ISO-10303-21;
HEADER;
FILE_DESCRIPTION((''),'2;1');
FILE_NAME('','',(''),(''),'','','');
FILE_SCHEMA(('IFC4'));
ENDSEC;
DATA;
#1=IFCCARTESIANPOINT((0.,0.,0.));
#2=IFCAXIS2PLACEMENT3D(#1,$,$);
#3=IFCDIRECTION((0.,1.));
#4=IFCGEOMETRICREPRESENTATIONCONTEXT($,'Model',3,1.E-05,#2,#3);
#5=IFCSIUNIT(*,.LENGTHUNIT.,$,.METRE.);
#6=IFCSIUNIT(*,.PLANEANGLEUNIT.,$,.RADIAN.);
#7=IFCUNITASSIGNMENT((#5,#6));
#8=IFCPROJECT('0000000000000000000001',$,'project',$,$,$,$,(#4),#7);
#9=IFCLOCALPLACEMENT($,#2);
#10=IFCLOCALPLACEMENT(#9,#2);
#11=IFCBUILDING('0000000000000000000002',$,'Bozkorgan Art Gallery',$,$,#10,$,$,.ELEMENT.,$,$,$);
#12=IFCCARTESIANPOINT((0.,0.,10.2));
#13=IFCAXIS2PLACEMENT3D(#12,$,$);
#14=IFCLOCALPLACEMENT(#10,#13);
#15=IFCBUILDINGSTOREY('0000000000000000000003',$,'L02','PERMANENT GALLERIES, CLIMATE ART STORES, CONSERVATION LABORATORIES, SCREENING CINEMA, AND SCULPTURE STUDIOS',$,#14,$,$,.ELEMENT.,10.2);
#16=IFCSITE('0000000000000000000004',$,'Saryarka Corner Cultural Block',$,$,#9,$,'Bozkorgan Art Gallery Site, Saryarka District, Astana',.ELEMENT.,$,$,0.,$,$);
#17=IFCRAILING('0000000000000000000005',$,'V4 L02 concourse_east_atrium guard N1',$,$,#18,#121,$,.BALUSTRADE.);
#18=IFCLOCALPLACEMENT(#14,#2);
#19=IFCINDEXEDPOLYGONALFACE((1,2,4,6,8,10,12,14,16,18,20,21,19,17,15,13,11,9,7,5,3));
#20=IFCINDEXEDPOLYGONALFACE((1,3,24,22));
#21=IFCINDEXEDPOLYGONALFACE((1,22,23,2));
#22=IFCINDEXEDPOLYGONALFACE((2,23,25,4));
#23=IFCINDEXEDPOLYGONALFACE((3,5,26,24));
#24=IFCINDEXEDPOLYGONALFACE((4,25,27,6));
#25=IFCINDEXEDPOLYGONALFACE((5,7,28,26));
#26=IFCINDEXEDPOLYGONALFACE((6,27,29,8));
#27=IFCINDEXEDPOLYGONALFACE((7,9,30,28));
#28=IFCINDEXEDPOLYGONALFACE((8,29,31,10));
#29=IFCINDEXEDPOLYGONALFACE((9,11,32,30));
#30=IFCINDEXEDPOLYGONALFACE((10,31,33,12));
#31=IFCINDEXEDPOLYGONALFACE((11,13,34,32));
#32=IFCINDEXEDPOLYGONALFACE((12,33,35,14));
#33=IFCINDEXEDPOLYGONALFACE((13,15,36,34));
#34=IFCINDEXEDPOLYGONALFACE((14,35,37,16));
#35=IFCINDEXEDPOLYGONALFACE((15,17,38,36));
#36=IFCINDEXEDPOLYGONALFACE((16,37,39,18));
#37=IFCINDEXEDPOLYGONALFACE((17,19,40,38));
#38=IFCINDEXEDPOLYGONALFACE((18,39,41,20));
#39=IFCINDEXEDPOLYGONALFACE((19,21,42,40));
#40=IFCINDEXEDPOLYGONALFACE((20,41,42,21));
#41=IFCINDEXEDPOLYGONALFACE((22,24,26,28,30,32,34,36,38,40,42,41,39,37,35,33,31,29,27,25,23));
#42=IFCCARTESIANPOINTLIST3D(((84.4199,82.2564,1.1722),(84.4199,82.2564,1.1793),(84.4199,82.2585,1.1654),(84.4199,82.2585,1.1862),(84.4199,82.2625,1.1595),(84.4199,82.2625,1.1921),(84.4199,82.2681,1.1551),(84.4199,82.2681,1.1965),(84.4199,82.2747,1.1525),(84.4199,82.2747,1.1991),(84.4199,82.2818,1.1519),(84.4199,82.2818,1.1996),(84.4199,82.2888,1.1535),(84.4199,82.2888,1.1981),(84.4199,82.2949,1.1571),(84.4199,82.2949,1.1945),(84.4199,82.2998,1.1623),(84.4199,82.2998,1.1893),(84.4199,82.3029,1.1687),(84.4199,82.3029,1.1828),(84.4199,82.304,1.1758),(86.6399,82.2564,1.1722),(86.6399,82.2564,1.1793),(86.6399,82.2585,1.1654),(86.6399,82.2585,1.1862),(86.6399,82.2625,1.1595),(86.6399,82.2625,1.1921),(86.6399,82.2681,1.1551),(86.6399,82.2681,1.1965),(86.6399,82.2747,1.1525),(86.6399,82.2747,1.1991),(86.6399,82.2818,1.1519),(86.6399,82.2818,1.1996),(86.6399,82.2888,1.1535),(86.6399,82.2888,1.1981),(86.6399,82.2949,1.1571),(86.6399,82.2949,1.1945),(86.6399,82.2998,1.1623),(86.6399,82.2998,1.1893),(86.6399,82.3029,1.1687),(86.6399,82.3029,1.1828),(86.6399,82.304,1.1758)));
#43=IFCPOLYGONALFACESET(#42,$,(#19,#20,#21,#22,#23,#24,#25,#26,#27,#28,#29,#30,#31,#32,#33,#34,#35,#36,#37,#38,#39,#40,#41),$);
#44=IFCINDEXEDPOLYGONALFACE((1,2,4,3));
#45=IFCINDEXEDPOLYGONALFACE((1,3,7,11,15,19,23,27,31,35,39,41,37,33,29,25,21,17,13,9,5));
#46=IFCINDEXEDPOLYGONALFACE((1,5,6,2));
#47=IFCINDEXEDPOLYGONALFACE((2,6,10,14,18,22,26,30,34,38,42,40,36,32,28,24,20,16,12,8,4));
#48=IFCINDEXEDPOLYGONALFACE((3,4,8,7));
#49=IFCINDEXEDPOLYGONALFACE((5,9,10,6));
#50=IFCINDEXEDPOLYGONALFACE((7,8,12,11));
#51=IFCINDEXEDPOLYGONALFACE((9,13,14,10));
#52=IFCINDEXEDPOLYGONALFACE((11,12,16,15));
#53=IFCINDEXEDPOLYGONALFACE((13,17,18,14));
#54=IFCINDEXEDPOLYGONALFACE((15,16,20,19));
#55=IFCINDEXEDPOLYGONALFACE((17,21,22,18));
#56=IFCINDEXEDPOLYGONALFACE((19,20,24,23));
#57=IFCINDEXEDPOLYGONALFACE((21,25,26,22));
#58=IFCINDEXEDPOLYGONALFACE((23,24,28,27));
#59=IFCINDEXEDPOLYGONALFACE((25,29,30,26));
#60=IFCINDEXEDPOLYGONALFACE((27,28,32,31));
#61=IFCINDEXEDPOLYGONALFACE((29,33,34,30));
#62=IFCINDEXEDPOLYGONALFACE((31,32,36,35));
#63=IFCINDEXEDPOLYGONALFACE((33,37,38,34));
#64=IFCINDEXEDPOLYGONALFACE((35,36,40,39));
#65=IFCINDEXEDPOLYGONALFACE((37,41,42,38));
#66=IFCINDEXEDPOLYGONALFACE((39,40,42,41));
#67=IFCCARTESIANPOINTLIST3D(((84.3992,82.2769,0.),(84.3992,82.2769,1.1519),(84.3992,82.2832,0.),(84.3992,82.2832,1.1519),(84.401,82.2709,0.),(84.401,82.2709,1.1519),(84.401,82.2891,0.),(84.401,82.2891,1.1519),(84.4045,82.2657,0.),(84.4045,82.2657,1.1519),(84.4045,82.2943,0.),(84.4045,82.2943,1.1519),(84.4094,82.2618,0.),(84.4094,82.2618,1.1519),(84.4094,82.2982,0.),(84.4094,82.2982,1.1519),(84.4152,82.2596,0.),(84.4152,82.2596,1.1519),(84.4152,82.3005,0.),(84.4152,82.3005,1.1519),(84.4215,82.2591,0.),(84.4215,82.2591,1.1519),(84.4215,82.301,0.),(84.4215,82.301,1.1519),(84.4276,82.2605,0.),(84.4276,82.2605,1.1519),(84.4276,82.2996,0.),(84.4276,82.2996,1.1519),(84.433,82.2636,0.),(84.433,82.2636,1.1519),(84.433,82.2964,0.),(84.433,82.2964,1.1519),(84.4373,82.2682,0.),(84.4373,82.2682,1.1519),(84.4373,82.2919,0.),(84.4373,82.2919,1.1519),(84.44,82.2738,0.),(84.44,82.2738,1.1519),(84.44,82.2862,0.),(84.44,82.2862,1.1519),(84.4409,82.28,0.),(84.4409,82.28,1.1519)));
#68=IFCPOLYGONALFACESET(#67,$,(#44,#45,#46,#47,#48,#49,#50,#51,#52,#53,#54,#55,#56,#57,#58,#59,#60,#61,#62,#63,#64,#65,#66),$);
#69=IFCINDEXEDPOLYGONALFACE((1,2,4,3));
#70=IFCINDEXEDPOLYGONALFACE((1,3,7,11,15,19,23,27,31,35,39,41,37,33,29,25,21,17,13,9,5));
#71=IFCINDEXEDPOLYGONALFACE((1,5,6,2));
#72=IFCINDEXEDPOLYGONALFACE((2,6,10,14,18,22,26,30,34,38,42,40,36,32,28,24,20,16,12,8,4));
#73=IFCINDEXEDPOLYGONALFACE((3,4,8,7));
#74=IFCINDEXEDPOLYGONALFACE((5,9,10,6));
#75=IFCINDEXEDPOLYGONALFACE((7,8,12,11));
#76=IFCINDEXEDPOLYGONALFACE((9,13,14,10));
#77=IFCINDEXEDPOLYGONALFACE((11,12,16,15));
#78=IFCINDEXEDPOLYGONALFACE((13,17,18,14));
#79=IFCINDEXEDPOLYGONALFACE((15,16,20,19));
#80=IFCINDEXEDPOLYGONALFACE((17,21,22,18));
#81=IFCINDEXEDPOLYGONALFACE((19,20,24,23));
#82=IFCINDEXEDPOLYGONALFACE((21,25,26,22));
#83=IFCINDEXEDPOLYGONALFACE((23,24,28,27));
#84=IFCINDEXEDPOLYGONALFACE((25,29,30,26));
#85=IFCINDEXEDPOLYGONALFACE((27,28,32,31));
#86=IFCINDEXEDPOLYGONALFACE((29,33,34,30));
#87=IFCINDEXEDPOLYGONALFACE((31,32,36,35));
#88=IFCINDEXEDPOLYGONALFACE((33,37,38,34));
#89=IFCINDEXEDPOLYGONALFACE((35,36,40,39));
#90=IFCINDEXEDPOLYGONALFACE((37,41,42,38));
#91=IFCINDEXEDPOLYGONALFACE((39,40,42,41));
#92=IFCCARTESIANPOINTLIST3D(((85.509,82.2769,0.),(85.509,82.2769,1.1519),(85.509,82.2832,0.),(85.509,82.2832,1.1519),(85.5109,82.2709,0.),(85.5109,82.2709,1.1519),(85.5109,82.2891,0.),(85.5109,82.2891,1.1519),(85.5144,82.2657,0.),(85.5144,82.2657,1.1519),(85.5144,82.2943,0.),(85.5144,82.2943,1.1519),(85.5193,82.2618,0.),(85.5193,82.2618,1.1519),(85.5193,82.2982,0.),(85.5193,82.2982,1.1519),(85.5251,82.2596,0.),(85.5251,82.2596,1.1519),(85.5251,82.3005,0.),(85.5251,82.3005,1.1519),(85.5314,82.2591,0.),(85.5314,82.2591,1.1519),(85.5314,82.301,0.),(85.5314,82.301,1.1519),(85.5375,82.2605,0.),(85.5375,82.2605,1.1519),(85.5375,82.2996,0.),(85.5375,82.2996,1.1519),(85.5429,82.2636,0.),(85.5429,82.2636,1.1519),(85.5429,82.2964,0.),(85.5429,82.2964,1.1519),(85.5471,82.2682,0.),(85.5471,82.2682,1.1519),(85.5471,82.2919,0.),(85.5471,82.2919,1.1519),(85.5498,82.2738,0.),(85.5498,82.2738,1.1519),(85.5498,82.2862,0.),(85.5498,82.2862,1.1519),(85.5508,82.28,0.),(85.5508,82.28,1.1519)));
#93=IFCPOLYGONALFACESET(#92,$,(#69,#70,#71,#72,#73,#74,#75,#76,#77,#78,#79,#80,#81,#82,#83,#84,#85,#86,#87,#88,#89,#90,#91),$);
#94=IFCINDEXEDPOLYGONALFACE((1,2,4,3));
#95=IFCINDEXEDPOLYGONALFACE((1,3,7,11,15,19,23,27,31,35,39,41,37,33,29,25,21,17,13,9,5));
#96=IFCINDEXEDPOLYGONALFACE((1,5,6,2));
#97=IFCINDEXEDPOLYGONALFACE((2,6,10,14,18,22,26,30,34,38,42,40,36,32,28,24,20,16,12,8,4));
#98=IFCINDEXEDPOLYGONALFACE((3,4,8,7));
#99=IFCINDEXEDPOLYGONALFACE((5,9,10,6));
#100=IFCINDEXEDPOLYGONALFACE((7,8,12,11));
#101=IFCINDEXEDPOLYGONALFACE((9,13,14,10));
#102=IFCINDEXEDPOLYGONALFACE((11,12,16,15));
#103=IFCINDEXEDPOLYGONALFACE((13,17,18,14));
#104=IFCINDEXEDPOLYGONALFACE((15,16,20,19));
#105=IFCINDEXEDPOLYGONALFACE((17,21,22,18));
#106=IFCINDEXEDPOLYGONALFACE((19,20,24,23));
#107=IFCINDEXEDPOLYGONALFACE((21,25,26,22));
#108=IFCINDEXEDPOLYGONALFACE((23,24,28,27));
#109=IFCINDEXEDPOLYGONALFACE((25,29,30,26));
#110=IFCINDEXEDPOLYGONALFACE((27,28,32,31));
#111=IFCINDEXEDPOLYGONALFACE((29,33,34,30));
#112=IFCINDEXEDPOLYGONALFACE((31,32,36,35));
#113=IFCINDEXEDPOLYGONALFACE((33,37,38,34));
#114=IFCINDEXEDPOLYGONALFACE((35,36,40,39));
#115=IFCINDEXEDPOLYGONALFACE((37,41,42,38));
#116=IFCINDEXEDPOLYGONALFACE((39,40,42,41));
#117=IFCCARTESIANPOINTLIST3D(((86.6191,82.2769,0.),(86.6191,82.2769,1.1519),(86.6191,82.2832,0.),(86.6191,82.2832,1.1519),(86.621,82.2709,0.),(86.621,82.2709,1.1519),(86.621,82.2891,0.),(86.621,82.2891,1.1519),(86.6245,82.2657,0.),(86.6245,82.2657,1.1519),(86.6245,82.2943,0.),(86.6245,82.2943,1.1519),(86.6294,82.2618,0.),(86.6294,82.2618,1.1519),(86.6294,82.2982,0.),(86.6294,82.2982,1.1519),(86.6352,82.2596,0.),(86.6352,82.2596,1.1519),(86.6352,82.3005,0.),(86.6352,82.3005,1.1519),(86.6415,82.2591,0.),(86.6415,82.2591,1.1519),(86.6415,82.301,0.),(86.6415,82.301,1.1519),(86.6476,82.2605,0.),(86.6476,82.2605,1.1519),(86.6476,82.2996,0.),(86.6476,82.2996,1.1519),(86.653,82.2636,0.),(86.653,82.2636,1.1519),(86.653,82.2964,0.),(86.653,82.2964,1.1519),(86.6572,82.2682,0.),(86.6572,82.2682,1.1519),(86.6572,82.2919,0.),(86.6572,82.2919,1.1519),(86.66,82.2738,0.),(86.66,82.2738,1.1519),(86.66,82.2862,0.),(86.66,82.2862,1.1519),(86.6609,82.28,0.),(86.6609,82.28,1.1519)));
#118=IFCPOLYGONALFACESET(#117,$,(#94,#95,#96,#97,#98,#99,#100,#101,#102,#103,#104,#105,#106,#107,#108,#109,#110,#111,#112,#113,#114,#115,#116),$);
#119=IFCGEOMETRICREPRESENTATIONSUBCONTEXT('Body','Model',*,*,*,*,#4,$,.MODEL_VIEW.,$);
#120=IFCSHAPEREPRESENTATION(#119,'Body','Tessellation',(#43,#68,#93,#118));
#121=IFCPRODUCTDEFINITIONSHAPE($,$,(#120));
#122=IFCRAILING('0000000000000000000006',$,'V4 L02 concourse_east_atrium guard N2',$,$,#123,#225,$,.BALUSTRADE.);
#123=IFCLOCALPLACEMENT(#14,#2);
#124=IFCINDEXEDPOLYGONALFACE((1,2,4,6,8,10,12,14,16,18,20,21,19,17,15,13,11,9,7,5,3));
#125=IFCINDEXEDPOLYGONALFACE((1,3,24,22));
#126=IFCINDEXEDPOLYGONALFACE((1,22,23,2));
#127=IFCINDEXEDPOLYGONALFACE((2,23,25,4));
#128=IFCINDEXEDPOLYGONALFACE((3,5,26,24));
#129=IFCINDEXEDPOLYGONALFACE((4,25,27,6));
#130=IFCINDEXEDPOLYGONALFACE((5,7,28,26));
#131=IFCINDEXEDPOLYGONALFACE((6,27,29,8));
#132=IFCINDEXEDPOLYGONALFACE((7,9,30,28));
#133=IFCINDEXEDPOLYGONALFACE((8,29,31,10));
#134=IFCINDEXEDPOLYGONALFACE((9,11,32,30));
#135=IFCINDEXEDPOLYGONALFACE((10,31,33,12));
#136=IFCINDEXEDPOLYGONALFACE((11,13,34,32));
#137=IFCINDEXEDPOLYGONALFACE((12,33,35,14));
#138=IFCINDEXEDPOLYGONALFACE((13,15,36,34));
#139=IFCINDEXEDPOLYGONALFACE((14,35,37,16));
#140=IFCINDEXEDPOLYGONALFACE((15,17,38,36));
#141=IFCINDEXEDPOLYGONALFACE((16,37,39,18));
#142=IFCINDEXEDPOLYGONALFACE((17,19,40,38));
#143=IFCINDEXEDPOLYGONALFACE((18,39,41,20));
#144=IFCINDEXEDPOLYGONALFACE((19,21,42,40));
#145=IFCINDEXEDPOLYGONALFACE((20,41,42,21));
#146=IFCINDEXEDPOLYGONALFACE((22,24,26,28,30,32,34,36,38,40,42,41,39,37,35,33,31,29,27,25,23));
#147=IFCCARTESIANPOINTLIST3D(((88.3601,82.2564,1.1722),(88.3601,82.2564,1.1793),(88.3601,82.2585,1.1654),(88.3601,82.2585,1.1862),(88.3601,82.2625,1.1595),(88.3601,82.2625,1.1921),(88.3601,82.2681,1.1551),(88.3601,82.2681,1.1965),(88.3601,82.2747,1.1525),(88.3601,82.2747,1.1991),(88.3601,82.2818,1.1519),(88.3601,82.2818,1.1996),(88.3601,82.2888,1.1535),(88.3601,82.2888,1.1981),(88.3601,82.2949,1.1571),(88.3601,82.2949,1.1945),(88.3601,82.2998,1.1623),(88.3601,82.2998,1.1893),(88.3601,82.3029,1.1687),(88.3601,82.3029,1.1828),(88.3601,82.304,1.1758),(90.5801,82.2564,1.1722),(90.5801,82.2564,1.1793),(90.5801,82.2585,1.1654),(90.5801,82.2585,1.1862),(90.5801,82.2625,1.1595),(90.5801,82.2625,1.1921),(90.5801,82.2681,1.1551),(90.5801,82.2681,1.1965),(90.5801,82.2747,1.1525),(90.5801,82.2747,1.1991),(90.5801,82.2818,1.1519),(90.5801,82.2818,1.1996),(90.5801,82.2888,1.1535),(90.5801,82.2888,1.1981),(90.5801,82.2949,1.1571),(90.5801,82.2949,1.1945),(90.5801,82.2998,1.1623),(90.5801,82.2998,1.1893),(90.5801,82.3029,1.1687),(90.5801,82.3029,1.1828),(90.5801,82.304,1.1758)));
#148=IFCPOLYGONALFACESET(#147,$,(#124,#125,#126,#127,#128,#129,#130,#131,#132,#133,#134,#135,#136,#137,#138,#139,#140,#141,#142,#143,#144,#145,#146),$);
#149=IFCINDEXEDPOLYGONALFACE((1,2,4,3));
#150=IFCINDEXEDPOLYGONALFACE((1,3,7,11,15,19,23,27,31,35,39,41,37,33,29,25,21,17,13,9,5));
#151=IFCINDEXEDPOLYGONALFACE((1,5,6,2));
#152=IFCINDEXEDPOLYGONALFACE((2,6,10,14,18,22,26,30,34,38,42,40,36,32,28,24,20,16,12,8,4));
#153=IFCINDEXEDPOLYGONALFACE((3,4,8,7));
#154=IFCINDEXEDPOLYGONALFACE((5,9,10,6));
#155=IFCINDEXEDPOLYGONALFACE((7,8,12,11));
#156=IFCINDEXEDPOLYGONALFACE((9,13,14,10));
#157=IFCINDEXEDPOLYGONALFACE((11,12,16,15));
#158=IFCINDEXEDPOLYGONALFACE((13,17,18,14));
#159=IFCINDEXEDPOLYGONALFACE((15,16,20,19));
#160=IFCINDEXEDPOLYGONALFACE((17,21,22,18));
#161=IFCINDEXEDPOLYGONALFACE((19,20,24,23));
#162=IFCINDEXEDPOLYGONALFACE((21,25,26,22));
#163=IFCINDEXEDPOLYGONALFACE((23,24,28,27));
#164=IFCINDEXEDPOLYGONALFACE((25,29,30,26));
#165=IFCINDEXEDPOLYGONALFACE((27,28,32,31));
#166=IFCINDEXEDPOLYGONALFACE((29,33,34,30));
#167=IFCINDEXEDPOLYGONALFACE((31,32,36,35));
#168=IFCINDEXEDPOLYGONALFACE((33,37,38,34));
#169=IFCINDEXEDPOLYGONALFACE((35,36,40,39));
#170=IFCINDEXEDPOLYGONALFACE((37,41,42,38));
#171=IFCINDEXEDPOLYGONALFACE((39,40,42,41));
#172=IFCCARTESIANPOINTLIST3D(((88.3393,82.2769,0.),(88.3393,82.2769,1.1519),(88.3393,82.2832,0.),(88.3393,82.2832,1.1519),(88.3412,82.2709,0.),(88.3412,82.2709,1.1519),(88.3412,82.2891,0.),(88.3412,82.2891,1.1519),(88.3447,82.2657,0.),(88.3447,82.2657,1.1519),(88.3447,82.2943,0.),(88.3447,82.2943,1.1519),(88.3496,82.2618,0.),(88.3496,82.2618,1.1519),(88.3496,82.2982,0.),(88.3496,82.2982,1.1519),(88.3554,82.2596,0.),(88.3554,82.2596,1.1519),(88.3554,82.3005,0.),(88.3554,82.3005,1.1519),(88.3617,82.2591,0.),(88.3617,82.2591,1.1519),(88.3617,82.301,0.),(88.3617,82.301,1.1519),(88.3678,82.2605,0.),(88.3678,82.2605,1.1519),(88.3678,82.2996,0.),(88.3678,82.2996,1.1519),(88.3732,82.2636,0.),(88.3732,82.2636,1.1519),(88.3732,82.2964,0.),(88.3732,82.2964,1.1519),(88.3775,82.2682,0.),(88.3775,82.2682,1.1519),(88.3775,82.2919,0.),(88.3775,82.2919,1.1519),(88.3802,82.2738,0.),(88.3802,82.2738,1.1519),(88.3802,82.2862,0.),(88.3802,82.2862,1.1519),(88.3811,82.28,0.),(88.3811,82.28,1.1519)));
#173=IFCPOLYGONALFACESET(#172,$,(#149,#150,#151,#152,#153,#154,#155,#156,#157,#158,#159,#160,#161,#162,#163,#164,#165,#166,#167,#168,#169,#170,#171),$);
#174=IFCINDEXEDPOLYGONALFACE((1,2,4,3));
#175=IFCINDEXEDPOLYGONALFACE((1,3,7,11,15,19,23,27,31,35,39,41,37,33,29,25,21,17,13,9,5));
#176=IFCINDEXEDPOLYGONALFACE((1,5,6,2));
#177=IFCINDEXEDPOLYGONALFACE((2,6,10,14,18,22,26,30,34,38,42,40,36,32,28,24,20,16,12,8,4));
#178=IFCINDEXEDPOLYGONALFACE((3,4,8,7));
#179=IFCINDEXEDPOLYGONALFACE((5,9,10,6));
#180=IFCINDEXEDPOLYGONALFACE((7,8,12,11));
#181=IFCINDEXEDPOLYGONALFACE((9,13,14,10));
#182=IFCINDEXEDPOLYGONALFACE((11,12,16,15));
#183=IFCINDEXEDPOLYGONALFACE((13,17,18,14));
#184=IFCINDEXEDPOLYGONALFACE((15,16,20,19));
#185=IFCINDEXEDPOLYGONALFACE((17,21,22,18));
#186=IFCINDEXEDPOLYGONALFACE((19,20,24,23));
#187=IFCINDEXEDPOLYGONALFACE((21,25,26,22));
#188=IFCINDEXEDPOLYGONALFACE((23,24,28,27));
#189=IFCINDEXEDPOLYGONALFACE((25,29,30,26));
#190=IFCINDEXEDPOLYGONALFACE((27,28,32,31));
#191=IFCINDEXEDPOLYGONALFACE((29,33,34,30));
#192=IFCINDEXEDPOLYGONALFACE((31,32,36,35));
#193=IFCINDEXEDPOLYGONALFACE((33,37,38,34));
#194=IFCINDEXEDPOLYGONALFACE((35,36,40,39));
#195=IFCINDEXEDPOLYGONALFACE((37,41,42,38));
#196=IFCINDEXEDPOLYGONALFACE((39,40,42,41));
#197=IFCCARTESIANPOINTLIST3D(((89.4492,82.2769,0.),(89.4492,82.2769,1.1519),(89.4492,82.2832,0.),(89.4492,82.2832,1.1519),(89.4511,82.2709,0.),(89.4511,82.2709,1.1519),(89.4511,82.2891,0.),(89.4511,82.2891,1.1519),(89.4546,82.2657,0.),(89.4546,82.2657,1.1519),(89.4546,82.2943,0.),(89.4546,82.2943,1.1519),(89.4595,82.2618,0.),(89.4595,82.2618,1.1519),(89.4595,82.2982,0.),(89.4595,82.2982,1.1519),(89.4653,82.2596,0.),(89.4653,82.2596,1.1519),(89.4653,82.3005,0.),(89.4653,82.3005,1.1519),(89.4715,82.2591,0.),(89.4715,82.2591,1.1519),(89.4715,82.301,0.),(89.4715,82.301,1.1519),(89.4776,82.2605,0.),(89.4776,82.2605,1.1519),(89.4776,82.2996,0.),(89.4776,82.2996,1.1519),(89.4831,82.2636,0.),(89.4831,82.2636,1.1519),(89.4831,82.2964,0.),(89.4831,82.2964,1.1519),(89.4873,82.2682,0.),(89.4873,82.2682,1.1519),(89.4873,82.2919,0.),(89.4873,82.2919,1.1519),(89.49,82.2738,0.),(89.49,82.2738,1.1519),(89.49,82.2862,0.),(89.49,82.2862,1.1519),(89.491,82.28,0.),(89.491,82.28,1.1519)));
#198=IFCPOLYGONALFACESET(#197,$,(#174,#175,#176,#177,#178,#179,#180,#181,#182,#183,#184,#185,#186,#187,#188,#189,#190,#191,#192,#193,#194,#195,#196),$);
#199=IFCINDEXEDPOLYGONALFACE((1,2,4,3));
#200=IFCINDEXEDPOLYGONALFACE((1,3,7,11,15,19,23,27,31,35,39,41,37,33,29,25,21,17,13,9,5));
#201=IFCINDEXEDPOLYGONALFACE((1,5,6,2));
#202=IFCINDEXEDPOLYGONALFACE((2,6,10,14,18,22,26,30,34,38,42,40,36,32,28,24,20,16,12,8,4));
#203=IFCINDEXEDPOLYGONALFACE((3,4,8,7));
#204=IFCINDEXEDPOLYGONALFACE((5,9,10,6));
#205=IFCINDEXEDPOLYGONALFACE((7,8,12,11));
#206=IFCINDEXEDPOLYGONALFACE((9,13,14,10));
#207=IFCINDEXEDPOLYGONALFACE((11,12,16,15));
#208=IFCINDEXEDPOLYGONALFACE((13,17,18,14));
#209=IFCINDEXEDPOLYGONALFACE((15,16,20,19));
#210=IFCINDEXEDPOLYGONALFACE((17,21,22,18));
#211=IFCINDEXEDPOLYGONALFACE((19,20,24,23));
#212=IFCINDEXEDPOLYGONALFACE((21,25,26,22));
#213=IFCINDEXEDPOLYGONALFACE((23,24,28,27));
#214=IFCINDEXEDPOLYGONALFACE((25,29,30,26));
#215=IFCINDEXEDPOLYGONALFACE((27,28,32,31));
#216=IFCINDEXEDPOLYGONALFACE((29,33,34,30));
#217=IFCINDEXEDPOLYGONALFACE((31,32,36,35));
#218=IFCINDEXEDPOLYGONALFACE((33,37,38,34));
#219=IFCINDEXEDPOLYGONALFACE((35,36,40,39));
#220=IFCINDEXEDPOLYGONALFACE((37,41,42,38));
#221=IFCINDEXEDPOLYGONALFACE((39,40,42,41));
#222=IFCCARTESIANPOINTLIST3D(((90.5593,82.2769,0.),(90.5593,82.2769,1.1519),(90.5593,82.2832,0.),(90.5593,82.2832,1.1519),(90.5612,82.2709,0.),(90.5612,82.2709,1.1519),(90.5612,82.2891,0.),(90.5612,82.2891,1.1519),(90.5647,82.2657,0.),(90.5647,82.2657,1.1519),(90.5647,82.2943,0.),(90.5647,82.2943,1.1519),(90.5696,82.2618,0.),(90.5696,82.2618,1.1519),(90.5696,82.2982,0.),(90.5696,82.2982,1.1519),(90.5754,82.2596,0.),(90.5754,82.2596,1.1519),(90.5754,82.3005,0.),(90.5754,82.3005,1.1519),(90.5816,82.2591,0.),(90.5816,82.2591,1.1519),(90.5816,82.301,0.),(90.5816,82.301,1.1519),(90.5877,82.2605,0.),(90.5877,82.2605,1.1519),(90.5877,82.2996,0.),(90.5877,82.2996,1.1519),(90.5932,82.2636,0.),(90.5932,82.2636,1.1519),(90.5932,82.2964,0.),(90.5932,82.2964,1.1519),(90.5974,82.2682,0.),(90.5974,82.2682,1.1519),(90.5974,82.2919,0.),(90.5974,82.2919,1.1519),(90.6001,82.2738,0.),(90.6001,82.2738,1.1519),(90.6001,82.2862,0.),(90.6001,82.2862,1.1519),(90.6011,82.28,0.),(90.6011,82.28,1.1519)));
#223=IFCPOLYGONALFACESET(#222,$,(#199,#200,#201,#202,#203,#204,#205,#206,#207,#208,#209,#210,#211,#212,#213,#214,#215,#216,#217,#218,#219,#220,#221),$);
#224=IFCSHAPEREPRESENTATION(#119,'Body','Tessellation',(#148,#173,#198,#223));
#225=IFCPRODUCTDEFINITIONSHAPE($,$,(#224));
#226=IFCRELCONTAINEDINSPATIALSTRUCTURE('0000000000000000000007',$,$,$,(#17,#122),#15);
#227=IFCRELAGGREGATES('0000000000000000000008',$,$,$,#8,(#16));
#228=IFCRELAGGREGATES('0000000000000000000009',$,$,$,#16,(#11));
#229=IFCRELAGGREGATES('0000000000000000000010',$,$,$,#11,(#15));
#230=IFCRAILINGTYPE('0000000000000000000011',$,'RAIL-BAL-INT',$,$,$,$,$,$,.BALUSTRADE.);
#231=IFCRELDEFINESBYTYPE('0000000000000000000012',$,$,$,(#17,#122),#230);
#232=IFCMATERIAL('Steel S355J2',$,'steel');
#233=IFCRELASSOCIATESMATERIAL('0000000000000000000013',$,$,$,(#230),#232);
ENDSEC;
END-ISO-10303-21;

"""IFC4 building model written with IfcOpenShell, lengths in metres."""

from ifc_helpers import new_model, si_unit, direction, frame, origin, origin_2d, place, context, subcontext, project, spatial, circle, extrude, material, type_object, element, save


model = new_model("IFC4")

# Units and contexts
model_context = context("Model", 3, precision=1e-05, world=origin(), true_north=direction((0.0, 1.0)))
body_context = subcontext(model_context, "Body", "Model", "MODEL_VIEW")
ifc_project = project(units=[si_unit("LENGTHUNIT", "METRE"), si_unit("PLANEANGLEUNIT", "RADIAN")], contexts=[model_context])

# Site, building, storey
site_placement = place(None, origin())
site = spatial("IfcSite", under=ifc_project, at=site_placement, Name="Saryarka Corner Cultural Block", LongName="Bozkorgan Art Gallery Site, Saryarka District, Astana", CompositionType="ELEMENT", RefElevation=0.0)
building_placement = place(site_placement, origin())
building = spatial("IfcBuilding", under=site, at=building_placement, Name="Bozkorgan Art Gallery", CompositionType="ELEMENT")
storey_placement = place(building_placement, frame((0.0, 0.0, 10.2)))
storey = spatial("IfcBuildingStorey", under=building, at=storey_placement, Name="L02", Description="PERMANENT GALLERIES, CLIMATE ART STORES, CONSERVATION LABORATORIES, SCREENING CINEMA, AND SCULPTURE STUDIOS", CompositionType="ELEMENT", Elevation=10.2)

# Shared definitions
ifc_material_1 = material(Name="Steel S355J2", Category="steel")

# Railings
railing_type = type_object("IfcRailingType", Name="RAIL-BAL-INT", PredefinedType="BALUSTRADE", material=ifc_material_1)
for number, where, name in (
    (1, (84.4199, 82.28, 0.0), "V4 L02 concourse_east_atrium guard N1"),
    (2, (88.3601, 82.28, 0.0), "V4 L02 concourse_east_atrium guard N2"),
):
    element("IfcRailing", number, at=place(storey_placement, frame(where)), inside=storey, type_object=railing_type, Name=name, PredefinedType="BALUSTRADE", context=body_context, shape_type="SweptSolid", body=[
        extrude(circle(Radius=0.0239, at=origin_2d()), frame((0.0, 0.0, 1.1758), z_axis=(1.0, 0.0, 0.0), x_axis=(0.0, 1.0, 0.0)), (0.0, 0.0, 1.0), 2.22),
        extrude(circle(Radius=0.021, at=origin_2d()), origin(), (0.0, 0.0, 1.0), 1.1519),
        extrude(circle(Radius=0.021, at=origin_2d()), frame((1.1099, 0.0, 0.0)), (0.0, 0.0, 1.0), 1.1519),
        extrude(circle(Radius=0.021, at=origin_2d()), frame((2.22, 0.0, 0.0)), (0.0, 0.0, 1.0), 1.1519),
    ])

save(model, "model.ifc")
